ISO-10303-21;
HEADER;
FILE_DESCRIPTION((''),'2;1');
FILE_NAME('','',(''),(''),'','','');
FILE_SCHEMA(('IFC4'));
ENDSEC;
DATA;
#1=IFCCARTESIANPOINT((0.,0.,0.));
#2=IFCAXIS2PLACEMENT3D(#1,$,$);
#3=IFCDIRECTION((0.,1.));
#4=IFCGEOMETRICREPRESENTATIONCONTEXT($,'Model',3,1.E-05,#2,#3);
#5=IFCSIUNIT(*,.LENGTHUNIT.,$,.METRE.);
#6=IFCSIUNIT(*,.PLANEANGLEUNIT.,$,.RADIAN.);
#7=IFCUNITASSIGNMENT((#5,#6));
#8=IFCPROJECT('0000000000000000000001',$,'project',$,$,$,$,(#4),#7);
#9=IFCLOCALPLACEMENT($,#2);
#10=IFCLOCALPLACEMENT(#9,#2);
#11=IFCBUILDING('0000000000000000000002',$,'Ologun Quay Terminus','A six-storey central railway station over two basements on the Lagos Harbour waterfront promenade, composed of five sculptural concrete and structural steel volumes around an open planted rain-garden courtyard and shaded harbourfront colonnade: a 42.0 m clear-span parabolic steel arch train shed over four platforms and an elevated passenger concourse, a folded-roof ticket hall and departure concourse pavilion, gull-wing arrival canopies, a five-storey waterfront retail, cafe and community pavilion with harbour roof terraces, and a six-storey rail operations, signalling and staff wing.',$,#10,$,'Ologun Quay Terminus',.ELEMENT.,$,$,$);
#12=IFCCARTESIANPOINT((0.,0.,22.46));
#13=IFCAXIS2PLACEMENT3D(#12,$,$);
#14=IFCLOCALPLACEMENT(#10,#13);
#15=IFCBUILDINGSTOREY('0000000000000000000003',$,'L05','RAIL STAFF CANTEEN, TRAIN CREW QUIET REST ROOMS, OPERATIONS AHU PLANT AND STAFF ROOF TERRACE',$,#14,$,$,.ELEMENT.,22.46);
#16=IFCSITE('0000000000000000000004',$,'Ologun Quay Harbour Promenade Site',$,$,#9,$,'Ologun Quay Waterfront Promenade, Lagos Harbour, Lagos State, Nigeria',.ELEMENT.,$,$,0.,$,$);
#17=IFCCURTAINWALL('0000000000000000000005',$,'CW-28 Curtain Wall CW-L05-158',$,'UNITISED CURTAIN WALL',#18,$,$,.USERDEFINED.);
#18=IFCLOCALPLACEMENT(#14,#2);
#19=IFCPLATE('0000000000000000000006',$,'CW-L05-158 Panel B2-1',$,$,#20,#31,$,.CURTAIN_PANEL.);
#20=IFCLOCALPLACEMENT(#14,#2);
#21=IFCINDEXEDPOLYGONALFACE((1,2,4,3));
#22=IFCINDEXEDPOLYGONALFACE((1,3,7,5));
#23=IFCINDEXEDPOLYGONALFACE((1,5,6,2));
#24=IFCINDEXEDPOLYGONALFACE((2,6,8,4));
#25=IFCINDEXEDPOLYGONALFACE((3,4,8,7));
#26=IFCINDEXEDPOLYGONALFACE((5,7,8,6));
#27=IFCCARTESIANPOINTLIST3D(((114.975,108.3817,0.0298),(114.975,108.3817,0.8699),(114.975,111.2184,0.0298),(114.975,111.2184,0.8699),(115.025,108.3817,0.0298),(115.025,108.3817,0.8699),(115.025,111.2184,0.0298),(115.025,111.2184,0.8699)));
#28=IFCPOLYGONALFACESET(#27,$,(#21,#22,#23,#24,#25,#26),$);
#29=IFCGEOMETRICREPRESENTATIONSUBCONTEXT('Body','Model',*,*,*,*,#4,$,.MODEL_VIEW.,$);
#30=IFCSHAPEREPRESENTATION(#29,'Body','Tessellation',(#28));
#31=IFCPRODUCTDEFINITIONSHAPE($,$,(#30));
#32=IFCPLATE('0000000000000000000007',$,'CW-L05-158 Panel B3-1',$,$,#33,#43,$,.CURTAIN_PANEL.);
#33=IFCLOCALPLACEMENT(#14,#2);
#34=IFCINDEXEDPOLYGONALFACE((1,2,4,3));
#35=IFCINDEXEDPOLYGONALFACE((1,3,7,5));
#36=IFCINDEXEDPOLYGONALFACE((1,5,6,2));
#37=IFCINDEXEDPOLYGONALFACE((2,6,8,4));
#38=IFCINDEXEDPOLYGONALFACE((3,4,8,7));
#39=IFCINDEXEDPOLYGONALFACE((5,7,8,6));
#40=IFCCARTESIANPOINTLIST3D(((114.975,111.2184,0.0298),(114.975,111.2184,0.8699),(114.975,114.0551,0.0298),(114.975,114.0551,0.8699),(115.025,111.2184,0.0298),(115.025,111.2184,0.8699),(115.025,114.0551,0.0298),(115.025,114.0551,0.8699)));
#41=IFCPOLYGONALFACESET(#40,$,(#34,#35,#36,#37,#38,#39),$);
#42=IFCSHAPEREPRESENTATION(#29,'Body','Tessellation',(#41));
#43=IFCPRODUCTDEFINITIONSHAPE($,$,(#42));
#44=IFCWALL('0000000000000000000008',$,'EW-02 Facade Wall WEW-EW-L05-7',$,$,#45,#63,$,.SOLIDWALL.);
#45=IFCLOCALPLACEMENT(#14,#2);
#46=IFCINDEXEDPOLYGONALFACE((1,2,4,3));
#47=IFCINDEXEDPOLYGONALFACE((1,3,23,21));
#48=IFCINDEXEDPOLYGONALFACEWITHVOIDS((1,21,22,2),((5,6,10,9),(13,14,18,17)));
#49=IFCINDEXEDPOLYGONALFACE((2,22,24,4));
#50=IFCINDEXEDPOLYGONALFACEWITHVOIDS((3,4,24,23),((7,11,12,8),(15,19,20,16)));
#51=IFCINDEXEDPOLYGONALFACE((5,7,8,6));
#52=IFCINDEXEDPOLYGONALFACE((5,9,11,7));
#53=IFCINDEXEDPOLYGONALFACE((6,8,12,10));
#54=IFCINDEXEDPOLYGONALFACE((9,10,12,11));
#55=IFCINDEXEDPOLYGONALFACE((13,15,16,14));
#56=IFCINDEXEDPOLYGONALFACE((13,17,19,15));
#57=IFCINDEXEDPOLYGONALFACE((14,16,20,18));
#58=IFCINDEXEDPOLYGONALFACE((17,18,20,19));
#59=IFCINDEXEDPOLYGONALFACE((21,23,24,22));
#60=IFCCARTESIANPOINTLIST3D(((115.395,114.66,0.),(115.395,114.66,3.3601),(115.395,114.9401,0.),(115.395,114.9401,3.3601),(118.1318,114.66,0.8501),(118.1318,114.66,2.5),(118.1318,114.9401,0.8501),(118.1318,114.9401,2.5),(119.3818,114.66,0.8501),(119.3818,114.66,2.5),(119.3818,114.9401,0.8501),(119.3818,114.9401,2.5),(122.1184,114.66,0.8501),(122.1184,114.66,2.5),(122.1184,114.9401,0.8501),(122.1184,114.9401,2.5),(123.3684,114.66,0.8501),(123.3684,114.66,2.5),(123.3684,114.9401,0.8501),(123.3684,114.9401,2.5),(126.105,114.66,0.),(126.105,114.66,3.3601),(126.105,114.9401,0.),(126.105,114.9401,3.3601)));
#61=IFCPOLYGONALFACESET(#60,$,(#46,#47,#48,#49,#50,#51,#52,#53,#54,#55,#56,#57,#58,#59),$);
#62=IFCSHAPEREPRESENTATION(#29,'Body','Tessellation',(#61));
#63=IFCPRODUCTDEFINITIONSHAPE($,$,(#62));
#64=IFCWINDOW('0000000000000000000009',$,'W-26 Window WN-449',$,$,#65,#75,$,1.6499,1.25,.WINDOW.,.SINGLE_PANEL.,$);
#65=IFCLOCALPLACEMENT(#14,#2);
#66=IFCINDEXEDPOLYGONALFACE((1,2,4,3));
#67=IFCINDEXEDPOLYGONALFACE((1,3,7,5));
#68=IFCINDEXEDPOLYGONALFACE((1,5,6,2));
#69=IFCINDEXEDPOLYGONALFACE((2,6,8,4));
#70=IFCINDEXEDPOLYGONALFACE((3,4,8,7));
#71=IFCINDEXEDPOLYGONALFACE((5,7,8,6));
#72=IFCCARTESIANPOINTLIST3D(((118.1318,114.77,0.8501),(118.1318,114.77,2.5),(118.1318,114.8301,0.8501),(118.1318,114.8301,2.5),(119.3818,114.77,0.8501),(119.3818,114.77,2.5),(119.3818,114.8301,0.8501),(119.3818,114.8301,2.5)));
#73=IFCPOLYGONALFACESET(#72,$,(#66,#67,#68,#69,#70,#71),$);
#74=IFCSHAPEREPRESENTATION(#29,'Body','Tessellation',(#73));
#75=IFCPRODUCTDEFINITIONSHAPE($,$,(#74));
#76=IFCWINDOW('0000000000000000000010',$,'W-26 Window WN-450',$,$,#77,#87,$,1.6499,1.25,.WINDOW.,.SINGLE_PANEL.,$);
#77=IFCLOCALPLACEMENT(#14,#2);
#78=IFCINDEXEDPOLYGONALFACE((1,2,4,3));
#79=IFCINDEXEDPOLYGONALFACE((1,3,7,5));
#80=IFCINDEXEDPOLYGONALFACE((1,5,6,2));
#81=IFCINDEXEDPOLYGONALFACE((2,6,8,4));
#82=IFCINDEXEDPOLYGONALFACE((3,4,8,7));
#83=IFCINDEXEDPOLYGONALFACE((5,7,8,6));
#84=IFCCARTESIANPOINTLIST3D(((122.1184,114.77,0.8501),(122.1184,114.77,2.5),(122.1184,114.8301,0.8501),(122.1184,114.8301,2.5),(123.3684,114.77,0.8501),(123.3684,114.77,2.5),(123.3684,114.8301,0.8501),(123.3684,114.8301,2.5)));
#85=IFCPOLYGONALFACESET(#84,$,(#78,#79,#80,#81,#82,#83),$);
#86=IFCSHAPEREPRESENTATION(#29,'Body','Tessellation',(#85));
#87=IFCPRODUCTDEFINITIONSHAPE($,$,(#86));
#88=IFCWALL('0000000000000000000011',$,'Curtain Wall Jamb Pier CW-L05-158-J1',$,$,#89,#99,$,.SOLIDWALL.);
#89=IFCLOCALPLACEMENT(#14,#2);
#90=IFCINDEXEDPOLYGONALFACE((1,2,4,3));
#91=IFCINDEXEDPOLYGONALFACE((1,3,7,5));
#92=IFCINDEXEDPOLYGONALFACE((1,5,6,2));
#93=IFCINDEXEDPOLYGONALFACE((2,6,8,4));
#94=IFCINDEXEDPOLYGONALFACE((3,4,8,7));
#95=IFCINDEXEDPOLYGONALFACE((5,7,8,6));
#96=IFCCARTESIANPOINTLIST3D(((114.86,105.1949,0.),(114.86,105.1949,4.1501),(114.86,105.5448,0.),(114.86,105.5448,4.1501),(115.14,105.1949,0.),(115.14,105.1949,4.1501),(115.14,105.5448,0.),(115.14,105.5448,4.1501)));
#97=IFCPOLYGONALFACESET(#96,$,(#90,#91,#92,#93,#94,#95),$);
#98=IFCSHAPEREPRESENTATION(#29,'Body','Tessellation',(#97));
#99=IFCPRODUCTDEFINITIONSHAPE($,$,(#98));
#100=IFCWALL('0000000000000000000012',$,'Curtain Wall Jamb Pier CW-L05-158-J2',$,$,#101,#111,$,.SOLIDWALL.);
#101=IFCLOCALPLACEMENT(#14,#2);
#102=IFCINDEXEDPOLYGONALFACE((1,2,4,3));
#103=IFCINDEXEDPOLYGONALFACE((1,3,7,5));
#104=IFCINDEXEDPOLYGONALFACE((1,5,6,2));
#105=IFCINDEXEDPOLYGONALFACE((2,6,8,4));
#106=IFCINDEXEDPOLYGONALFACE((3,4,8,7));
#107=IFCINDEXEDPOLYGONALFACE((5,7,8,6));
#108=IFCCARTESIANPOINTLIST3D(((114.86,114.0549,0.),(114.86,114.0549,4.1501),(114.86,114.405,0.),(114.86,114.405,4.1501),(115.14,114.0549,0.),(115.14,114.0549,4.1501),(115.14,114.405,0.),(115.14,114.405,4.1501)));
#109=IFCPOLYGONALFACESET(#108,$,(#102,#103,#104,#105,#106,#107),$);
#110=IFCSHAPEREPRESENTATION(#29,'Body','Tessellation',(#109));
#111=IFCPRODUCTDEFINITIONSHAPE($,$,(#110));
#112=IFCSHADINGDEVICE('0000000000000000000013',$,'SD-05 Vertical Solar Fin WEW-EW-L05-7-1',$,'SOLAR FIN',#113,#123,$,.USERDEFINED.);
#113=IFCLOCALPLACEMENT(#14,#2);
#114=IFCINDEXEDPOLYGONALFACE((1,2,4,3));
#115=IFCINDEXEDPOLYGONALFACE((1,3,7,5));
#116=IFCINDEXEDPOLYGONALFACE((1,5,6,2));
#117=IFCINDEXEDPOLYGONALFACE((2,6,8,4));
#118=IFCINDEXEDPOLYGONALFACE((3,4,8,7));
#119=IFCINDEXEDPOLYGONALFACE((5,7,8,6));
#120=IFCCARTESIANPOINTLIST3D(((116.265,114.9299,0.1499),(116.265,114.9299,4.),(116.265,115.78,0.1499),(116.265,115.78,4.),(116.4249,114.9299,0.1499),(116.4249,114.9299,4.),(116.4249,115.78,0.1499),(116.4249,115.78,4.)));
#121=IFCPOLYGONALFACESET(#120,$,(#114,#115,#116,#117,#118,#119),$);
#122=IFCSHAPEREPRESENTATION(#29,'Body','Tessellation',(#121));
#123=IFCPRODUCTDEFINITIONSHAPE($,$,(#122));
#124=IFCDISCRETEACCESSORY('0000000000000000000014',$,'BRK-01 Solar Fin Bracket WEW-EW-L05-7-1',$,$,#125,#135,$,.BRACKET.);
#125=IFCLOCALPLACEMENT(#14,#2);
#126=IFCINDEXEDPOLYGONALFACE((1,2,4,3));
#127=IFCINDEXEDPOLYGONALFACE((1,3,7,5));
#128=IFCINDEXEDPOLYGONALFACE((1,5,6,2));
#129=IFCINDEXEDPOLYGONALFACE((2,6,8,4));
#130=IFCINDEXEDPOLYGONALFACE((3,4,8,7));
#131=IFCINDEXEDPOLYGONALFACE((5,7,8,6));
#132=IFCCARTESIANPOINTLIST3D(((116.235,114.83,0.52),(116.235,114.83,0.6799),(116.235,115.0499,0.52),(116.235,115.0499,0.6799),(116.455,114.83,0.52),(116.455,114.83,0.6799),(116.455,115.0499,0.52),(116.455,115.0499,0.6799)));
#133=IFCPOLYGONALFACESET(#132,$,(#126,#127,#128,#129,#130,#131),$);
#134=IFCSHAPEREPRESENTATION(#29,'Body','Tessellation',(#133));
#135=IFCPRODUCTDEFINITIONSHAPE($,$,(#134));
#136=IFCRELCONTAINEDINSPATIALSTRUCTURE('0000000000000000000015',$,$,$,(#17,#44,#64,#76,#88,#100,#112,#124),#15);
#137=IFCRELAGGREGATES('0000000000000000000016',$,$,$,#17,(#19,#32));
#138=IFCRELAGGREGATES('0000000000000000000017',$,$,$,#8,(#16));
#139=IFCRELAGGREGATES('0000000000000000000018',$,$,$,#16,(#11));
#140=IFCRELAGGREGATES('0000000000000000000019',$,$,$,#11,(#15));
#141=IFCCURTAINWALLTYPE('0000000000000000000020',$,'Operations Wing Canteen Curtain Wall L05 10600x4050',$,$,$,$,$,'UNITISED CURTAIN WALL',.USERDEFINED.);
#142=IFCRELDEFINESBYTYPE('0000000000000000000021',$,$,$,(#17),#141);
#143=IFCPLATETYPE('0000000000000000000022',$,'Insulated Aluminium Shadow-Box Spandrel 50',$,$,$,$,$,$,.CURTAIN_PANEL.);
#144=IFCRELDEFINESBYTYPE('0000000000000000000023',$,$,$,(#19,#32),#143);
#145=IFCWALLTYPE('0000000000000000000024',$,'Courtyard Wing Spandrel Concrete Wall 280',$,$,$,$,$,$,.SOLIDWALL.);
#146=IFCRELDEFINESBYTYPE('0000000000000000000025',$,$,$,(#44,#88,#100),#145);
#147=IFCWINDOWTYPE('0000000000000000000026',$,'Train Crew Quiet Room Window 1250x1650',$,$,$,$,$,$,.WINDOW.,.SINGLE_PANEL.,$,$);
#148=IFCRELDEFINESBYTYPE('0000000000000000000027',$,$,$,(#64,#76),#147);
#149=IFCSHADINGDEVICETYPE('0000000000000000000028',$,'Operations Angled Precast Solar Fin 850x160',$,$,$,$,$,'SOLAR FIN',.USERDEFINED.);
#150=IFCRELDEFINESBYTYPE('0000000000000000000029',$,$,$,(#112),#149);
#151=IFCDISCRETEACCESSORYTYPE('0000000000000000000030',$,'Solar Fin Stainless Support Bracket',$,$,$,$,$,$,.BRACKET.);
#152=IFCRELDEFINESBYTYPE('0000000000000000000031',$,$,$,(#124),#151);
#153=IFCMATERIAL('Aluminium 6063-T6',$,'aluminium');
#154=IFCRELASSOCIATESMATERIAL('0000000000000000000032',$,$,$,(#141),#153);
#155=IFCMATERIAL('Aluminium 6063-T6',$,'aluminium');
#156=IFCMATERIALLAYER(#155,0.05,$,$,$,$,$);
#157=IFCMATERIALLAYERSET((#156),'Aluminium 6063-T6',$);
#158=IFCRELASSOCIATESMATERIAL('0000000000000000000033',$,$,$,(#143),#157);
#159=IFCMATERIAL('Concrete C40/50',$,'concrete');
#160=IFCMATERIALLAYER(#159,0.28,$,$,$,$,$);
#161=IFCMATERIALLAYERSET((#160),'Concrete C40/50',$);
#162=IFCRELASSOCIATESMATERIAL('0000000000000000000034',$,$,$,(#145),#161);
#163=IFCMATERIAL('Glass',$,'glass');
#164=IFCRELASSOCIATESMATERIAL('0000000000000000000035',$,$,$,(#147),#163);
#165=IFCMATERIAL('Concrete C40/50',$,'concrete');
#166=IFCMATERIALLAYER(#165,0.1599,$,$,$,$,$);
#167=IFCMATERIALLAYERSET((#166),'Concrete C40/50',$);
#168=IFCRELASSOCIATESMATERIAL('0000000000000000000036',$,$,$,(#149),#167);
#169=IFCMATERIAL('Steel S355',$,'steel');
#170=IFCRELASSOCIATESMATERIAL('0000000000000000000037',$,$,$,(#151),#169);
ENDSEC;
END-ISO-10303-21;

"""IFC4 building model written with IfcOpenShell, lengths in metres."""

from ifc_helpers import new_model, si_unit, direction, frame, frame_2d, origin, origin_2d, place, context, subcontext, project, spatial, rectangle, extrude, material, layer, layer_set, type_object, element, fill, aggregate, save


model = new_model("IFC4")

# Units and contexts
model_context = context("Model", 3, precision=1e-05, world=origin(), true_north=direction((0.0, 1.0)))
body_context = subcontext(model_context, "Body", "Model", "MODEL_VIEW")
ifc_project = project(units=[si_unit("LENGTHUNIT", "METRE"), si_unit("PLANEANGLEUNIT", "RADIAN")], contexts=[model_context])

# Site, building, storey
site_placement = place(None, origin())
site = spatial("IfcSite", under=ifc_project, at=site_placement, Name="Ologun Quay Harbour Promenade Site", LongName="Ologun Quay Waterfront Promenade, Lagos Harbour, Lagos State, Nigeria", CompositionType="ELEMENT", RefElevation=0.0)
building_placement = place(site_placement, origin())
building = spatial("IfcBuilding", under=site, at=building_placement, Name="Ologun Quay Terminus", Description="A six-storey central railway station over two basements on the Lagos Harbour waterfront promenade, composed of five sculptural concrete and structural steel volumes around an open planted rain-garden courtyard and shaded harbourfront colonnade: a 42.0 m clear-span parabolic steel arch train shed over four platforms and an elevated passenger concourse, a folded-roof ticket hall and departure concourse pavilion, gull-wing arrival canopies, a five-storey waterfront retail, cafe and community pavilion with harbour roof terraces, and a six-storey rail operations, signalling and staff wing.", LongName="Ologun Quay Terminus", CompositionType="ELEMENT")
storey_placement = place(building_placement, frame((0.0, 0.0, 22.46)))
storey = spatial("IfcBuildingStorey", under=building, at=storey_placement, Name="L05", Description="RAIL STAFF CANTEEN, TRAIN CREW QUIET REST ROOMS, OPERATIONS AHU PLANT AND STAFF ROOF TERRACE", CompositionType="ELEMENT", Elevation=22.46)

# Curtain wall
ifc_material_1 = material(Name="Aluminium 6063-T6", Category="aluminium")
curtain_wall_type = type_object("IfcCurtainWallType", Name="Operations Wing Canteen Curtain Wall L05 10600x4050", ElementType="UNITISED CURTAIN WALL", PredefinedType="USERDEFINED", material=ifc_material_1)
curtain_wall_placement = place(storey_placement, origin())
curtain_wall = element("IfcCurtainWall", 1, at=curtain_wall_placement, inside=storey, type_object=curtain_wall_type, Name="CW-28 Curtain Wall CW-L05-158", ObjectType="UNITISED CURTAIN WALL", PredefinedType="USERDEFINED")

# Plates
ifc_material_2 = material(Name="Aluminium 6063-T6", Category="aluminium")
ifc_layer_1 = layer(ifc_material_2, 0.05)
ifc_layer_set_1 = layer_set([ifc_layer_1], Name="Aluminium 6063-T6")
plate_type_1 = type_object("IfcPlateType", Name="Insulated Aluminium Shadow-Box Spandrel 50", PredefinedType="CURTAIN_PANEL", material=ifc_layer_set_1)
plate_1_placement = place(storey_placement, frame((115.0, 109.8, 0.0298), z_axis=(0.0, 0.0, 1.0), x_axis=(0.0, 1.0, 0.0)))
plate_1 = element("IfcPlate", 2, at=plate_1_placement, type_object=plate_type_1, Name="CW-L05-158 Panel B2-1", PredefinedType="CURTAIN_PANEL", context=body_context, shape_type="SweptSolid", body=[
    extrude(rectangle(XDim=2.8367, YDim=0.05, at=origin_2d()), origin(), (0.0, 0.0, 1.0), 0.8401),
])
plate_2_placement = place(storey_placement, frame((115.0, 112.6367, 0.0298), z_axis=(0.0, 0.0, 1.0), x_axis=(0.0, 1.0, 0.0)))
plate_2 = element("IfcPlate", 3, at=plate_2_placement, type_object=plate_type_1, Name="CW-L05-158 Panel B3-1", PredefinedType="CURTAIN_PANEL", context=body_context, shape_type="SweptSolid", body=[
    extrude(rectangle(XDim=2.8367, YDim=0.05, at=origin_2d()), origin(), (0.0, 0.0, 1.0), 0.8401),
])
aggregate(curtain_wall, [plate_1, plate_2])

# Wall, openings, windows
ifc_material_3 = material(Name="Concrete C40/50", Category="concrete")
ifc_layer_2 = layer(ifc_material_3, 0.28)
ifc_layer_set_2 = layer_set([ifc_layer_2], Name="Concrete C40/50")
wall_type = type_object("IfcWallType", Name="Courtyard Wing Spandrel Concrete Wall 280", PredefinedType="SOLIDWALL", material=ifc_layer_set_2)
wall_1_placement = place(storey_placement, frame((115.395, 114.8, 0.0), z_axis=(0.0, 0.0, 1.0), x_axis=(1.0, 0.0, 0.0)))
wall_1 = element("IfcWall", 4, at=wall_1_placement, inside=storey, type_object=wall_type, Name="EW-02 Facade Wall WEW-EW-L05-7", PredefinedType="SOLIDWALL", context=body_context, shape_type="SweptSolid", body=[
    extrude(rectangle(XDim=10.71, YDim=0.28, at=frame_2d((5.355, 0.0))), origin(), (0.0, 0.0, 1.0), 3.3601),
])
opening_1_placement = place(wall_1_placement, frame((2.7368, 0.0, 0.8501)))
opening_1 = element("IfcOpeningElement", 5, at=opening_1_placement, cuts=wall_1, PredefinedType="OPENING", context=body_context, shape_type="SweptSolid", body=[
    extrude(rectangle(XDim=1.25, YDim=1.6499, at=frame_2d((0.625, 0.825))), frame((0.0, 0.1499, 0.0), z_axis=(0.0, -1.0, 0.0), x_axis=(1.0, 0.0, 0.0)), (0.0, 0.0, 1.0), 0.3),
])
opening_2_placement = place(wall_1_placement, frame((6.7234, 0.0, 0.8501)))
opening_2 = element("IfcOpeningElement", 6, at=opening_2_placement, cuts=wall_1, PredefinedType="OPENING", context=body_context, shape_type="SweptSolid", body=[
    extrude(rectangle(XDim=1.25, YDim=1.6499, at=frame_2d((0.625, 0.825))), frame((0.0, 0.1499, 0.0), z_axis=(0.0, -1.0, 0.0), x_axis=(1.0, 0.0, 0.0)), (0.0, 0.0, 1.0), 0.3),
])
ifc_material_4 = material(Name="Glass", Category="glass")
window_type = type_object("IfcWindowType", Name="Train Crew Quiet Room Window 1250x1650", PartitioningType="SINGLE_PANEL", PredefinedType="WINDOW", material=ifc_material_4)
window_1_placement = place(opening_1_placement, origin())
window_1 = element("IfcWindow", 7, at=window_1_placement, inside=storey, type_object=window_type, Name="W-26 Window WN-449", OverallHeight=1.6499, OverallWidth=1.25, PartitioningType="SINGLE_PANEL", PredefinedType="WINDOW", context=body_context, shape_type="SweptSolid", body=[
    extrude(rectangle(XDim=1.25, YDim=1.6499, at=frame_2d((0.625, 0.825))), frame((0.0, 0.03, 0.0), z_axis=(0.0, -1.0, 0.0), x_axis=(1.0, 0.0, 0.0)), (0.0, 0.0, 1.0), 0.0601),
])
fill(opening_1, window_1)
window_2_placement = place(opening_2_placement, origin())
window_2 = element("IfcWindow", 8, at=window_2_placement, inside=storey, type_object=window_type, Name="W-26 Window WN-450", OverallHeight=1.6499, OverallWidth=1.25, PartitioningType="SINGLE_PANEL", PredefinedType="WINDOW", context=body_context, shape_type="SweptSolid", body=[
    extrude(rectangle(XDim=1.25, YDim=1.6499, at=frame_2d((0.625, 0.825))), frame((0.0, 0.03, 0.0), z_axis=(0.0, -1.0, 0.0), x_axis=(1.0, 0.0, 0.0)), (0.0, 0.0, 1.0), 0.0601),
])
fill(opening_2, window_2)

# Walls
wall_2_placement = place(storey_placement, frame((115.0, 105.1951, 0.0), z_axis=(0.0, 0.0, 1.0), x_axis=(0.0, 1.0, 0.0)))
element("IfcWall", 9, at=wall_2_placement, inside=storey, type_object=wall_type, Name="Curtain Wall Jamb Pier CW-L05-158-J1", PredefinedType="SOLIDWALL", context=body_context, shape_type="SweptSolid", body=[
    extrude(rectangle(XDim=0.3499, YDim=0.28, at=frame_2d((0.1748, 0.0))), origin(), (0.0, 0.0, 1.0), 4.1501),
])
wall_3_placement = place(storey_placement, frame((115.0, 114.0549, 0.0), z_axis=(0.0, 0.0, 1.0), x_axis=(0.0, 1.0, 0.0)))
element("IfcWall", 10, at=wall_3_placement, inside=storey, type_object=wall_type, Name="Curtain Wall Jamb Pier CW-L05-158-J2", PredefinedType="SOLIDWALL", context=body_context, shape_type="SweptSolid", body=[
    extrude(rectangle(XDim=0.3501, YDim=0.28, at=frame_2d((0.175, 0.0))), origin(), (0.0, 0.0, 1.0), 4.1501),
])

# Shading device
ifc_material_5 = material(Name="Concrete C40/50", Category="concrete")
ifc_layer_3 = layer(ifc_material_5, 0.1599)
ifc_layer_set_3 = layer_set([ifc_layer_3], Name="Concrete C40/50")
shading_device_type = type_object("IfcShadingDeviceType", Name="Operations Angled Precast Solar Fin 850x160", ElementType="SOLAR FIN", PredefinedType="USERDEFINED", material=ifc_layer_set_3)
shading_device_placement = place(storey_placement, frame((116.345, 115.355, 0.1499), z_axis=(0.0, 0.0, 1.0), x_axis=(1.0, 0.0, 0.0)))
element("IfcShadingDevice", 11, at=shading_device_placement, inside=storey, type_object=shading_device_type, Name="SD-05 Vertical Solar Fin WEW-EW-L05-7-1", ObjectType="SOLAR FIN", PredefinedType="USERDEFINED", context=body_context, shape_type="SweptSolid", body=[
    extrude(rectangle(XDim=0.1599, YDim=0.8501, at=origin_2d()), origin(), (0.0, 0.0, 1.0), 3.8501),
])

# Discrete accessory
ifc_material_6 = material(Name="Steel S355", Category="steel")
discrete_accessory_type = type_object("IfcDiscreteAccessoryType", Name="Solar Fin Stainless Support Bracket", PredefinedType="BRACKET", material=ifc_material_6)
discrete_accessory_placement = place(storey_placement, frame((116.345, 114.9399, 0.52), z_axis=(0.0, 0.0, 1.0), x_axis=(1.0, 0.0, 0.0)))
element("IfcDiscreteAccessory", 12, at=discrete_accessory_placement, inside=storey, type_object=discrete_accessory_type, Name="BRK-01 Solar Fin Bracket WEW-EW-L05-7-1", PredefinedType="BRACKET", context=body_context, shape_type="SweptSolid", body=[
    extrude(rectangle(XDim=0.22, YDim=0.22, at=origin_2d()), origin(), (0.0, 0.0, 1.0), 0.1599),
])

save(model, "model.ifc")
